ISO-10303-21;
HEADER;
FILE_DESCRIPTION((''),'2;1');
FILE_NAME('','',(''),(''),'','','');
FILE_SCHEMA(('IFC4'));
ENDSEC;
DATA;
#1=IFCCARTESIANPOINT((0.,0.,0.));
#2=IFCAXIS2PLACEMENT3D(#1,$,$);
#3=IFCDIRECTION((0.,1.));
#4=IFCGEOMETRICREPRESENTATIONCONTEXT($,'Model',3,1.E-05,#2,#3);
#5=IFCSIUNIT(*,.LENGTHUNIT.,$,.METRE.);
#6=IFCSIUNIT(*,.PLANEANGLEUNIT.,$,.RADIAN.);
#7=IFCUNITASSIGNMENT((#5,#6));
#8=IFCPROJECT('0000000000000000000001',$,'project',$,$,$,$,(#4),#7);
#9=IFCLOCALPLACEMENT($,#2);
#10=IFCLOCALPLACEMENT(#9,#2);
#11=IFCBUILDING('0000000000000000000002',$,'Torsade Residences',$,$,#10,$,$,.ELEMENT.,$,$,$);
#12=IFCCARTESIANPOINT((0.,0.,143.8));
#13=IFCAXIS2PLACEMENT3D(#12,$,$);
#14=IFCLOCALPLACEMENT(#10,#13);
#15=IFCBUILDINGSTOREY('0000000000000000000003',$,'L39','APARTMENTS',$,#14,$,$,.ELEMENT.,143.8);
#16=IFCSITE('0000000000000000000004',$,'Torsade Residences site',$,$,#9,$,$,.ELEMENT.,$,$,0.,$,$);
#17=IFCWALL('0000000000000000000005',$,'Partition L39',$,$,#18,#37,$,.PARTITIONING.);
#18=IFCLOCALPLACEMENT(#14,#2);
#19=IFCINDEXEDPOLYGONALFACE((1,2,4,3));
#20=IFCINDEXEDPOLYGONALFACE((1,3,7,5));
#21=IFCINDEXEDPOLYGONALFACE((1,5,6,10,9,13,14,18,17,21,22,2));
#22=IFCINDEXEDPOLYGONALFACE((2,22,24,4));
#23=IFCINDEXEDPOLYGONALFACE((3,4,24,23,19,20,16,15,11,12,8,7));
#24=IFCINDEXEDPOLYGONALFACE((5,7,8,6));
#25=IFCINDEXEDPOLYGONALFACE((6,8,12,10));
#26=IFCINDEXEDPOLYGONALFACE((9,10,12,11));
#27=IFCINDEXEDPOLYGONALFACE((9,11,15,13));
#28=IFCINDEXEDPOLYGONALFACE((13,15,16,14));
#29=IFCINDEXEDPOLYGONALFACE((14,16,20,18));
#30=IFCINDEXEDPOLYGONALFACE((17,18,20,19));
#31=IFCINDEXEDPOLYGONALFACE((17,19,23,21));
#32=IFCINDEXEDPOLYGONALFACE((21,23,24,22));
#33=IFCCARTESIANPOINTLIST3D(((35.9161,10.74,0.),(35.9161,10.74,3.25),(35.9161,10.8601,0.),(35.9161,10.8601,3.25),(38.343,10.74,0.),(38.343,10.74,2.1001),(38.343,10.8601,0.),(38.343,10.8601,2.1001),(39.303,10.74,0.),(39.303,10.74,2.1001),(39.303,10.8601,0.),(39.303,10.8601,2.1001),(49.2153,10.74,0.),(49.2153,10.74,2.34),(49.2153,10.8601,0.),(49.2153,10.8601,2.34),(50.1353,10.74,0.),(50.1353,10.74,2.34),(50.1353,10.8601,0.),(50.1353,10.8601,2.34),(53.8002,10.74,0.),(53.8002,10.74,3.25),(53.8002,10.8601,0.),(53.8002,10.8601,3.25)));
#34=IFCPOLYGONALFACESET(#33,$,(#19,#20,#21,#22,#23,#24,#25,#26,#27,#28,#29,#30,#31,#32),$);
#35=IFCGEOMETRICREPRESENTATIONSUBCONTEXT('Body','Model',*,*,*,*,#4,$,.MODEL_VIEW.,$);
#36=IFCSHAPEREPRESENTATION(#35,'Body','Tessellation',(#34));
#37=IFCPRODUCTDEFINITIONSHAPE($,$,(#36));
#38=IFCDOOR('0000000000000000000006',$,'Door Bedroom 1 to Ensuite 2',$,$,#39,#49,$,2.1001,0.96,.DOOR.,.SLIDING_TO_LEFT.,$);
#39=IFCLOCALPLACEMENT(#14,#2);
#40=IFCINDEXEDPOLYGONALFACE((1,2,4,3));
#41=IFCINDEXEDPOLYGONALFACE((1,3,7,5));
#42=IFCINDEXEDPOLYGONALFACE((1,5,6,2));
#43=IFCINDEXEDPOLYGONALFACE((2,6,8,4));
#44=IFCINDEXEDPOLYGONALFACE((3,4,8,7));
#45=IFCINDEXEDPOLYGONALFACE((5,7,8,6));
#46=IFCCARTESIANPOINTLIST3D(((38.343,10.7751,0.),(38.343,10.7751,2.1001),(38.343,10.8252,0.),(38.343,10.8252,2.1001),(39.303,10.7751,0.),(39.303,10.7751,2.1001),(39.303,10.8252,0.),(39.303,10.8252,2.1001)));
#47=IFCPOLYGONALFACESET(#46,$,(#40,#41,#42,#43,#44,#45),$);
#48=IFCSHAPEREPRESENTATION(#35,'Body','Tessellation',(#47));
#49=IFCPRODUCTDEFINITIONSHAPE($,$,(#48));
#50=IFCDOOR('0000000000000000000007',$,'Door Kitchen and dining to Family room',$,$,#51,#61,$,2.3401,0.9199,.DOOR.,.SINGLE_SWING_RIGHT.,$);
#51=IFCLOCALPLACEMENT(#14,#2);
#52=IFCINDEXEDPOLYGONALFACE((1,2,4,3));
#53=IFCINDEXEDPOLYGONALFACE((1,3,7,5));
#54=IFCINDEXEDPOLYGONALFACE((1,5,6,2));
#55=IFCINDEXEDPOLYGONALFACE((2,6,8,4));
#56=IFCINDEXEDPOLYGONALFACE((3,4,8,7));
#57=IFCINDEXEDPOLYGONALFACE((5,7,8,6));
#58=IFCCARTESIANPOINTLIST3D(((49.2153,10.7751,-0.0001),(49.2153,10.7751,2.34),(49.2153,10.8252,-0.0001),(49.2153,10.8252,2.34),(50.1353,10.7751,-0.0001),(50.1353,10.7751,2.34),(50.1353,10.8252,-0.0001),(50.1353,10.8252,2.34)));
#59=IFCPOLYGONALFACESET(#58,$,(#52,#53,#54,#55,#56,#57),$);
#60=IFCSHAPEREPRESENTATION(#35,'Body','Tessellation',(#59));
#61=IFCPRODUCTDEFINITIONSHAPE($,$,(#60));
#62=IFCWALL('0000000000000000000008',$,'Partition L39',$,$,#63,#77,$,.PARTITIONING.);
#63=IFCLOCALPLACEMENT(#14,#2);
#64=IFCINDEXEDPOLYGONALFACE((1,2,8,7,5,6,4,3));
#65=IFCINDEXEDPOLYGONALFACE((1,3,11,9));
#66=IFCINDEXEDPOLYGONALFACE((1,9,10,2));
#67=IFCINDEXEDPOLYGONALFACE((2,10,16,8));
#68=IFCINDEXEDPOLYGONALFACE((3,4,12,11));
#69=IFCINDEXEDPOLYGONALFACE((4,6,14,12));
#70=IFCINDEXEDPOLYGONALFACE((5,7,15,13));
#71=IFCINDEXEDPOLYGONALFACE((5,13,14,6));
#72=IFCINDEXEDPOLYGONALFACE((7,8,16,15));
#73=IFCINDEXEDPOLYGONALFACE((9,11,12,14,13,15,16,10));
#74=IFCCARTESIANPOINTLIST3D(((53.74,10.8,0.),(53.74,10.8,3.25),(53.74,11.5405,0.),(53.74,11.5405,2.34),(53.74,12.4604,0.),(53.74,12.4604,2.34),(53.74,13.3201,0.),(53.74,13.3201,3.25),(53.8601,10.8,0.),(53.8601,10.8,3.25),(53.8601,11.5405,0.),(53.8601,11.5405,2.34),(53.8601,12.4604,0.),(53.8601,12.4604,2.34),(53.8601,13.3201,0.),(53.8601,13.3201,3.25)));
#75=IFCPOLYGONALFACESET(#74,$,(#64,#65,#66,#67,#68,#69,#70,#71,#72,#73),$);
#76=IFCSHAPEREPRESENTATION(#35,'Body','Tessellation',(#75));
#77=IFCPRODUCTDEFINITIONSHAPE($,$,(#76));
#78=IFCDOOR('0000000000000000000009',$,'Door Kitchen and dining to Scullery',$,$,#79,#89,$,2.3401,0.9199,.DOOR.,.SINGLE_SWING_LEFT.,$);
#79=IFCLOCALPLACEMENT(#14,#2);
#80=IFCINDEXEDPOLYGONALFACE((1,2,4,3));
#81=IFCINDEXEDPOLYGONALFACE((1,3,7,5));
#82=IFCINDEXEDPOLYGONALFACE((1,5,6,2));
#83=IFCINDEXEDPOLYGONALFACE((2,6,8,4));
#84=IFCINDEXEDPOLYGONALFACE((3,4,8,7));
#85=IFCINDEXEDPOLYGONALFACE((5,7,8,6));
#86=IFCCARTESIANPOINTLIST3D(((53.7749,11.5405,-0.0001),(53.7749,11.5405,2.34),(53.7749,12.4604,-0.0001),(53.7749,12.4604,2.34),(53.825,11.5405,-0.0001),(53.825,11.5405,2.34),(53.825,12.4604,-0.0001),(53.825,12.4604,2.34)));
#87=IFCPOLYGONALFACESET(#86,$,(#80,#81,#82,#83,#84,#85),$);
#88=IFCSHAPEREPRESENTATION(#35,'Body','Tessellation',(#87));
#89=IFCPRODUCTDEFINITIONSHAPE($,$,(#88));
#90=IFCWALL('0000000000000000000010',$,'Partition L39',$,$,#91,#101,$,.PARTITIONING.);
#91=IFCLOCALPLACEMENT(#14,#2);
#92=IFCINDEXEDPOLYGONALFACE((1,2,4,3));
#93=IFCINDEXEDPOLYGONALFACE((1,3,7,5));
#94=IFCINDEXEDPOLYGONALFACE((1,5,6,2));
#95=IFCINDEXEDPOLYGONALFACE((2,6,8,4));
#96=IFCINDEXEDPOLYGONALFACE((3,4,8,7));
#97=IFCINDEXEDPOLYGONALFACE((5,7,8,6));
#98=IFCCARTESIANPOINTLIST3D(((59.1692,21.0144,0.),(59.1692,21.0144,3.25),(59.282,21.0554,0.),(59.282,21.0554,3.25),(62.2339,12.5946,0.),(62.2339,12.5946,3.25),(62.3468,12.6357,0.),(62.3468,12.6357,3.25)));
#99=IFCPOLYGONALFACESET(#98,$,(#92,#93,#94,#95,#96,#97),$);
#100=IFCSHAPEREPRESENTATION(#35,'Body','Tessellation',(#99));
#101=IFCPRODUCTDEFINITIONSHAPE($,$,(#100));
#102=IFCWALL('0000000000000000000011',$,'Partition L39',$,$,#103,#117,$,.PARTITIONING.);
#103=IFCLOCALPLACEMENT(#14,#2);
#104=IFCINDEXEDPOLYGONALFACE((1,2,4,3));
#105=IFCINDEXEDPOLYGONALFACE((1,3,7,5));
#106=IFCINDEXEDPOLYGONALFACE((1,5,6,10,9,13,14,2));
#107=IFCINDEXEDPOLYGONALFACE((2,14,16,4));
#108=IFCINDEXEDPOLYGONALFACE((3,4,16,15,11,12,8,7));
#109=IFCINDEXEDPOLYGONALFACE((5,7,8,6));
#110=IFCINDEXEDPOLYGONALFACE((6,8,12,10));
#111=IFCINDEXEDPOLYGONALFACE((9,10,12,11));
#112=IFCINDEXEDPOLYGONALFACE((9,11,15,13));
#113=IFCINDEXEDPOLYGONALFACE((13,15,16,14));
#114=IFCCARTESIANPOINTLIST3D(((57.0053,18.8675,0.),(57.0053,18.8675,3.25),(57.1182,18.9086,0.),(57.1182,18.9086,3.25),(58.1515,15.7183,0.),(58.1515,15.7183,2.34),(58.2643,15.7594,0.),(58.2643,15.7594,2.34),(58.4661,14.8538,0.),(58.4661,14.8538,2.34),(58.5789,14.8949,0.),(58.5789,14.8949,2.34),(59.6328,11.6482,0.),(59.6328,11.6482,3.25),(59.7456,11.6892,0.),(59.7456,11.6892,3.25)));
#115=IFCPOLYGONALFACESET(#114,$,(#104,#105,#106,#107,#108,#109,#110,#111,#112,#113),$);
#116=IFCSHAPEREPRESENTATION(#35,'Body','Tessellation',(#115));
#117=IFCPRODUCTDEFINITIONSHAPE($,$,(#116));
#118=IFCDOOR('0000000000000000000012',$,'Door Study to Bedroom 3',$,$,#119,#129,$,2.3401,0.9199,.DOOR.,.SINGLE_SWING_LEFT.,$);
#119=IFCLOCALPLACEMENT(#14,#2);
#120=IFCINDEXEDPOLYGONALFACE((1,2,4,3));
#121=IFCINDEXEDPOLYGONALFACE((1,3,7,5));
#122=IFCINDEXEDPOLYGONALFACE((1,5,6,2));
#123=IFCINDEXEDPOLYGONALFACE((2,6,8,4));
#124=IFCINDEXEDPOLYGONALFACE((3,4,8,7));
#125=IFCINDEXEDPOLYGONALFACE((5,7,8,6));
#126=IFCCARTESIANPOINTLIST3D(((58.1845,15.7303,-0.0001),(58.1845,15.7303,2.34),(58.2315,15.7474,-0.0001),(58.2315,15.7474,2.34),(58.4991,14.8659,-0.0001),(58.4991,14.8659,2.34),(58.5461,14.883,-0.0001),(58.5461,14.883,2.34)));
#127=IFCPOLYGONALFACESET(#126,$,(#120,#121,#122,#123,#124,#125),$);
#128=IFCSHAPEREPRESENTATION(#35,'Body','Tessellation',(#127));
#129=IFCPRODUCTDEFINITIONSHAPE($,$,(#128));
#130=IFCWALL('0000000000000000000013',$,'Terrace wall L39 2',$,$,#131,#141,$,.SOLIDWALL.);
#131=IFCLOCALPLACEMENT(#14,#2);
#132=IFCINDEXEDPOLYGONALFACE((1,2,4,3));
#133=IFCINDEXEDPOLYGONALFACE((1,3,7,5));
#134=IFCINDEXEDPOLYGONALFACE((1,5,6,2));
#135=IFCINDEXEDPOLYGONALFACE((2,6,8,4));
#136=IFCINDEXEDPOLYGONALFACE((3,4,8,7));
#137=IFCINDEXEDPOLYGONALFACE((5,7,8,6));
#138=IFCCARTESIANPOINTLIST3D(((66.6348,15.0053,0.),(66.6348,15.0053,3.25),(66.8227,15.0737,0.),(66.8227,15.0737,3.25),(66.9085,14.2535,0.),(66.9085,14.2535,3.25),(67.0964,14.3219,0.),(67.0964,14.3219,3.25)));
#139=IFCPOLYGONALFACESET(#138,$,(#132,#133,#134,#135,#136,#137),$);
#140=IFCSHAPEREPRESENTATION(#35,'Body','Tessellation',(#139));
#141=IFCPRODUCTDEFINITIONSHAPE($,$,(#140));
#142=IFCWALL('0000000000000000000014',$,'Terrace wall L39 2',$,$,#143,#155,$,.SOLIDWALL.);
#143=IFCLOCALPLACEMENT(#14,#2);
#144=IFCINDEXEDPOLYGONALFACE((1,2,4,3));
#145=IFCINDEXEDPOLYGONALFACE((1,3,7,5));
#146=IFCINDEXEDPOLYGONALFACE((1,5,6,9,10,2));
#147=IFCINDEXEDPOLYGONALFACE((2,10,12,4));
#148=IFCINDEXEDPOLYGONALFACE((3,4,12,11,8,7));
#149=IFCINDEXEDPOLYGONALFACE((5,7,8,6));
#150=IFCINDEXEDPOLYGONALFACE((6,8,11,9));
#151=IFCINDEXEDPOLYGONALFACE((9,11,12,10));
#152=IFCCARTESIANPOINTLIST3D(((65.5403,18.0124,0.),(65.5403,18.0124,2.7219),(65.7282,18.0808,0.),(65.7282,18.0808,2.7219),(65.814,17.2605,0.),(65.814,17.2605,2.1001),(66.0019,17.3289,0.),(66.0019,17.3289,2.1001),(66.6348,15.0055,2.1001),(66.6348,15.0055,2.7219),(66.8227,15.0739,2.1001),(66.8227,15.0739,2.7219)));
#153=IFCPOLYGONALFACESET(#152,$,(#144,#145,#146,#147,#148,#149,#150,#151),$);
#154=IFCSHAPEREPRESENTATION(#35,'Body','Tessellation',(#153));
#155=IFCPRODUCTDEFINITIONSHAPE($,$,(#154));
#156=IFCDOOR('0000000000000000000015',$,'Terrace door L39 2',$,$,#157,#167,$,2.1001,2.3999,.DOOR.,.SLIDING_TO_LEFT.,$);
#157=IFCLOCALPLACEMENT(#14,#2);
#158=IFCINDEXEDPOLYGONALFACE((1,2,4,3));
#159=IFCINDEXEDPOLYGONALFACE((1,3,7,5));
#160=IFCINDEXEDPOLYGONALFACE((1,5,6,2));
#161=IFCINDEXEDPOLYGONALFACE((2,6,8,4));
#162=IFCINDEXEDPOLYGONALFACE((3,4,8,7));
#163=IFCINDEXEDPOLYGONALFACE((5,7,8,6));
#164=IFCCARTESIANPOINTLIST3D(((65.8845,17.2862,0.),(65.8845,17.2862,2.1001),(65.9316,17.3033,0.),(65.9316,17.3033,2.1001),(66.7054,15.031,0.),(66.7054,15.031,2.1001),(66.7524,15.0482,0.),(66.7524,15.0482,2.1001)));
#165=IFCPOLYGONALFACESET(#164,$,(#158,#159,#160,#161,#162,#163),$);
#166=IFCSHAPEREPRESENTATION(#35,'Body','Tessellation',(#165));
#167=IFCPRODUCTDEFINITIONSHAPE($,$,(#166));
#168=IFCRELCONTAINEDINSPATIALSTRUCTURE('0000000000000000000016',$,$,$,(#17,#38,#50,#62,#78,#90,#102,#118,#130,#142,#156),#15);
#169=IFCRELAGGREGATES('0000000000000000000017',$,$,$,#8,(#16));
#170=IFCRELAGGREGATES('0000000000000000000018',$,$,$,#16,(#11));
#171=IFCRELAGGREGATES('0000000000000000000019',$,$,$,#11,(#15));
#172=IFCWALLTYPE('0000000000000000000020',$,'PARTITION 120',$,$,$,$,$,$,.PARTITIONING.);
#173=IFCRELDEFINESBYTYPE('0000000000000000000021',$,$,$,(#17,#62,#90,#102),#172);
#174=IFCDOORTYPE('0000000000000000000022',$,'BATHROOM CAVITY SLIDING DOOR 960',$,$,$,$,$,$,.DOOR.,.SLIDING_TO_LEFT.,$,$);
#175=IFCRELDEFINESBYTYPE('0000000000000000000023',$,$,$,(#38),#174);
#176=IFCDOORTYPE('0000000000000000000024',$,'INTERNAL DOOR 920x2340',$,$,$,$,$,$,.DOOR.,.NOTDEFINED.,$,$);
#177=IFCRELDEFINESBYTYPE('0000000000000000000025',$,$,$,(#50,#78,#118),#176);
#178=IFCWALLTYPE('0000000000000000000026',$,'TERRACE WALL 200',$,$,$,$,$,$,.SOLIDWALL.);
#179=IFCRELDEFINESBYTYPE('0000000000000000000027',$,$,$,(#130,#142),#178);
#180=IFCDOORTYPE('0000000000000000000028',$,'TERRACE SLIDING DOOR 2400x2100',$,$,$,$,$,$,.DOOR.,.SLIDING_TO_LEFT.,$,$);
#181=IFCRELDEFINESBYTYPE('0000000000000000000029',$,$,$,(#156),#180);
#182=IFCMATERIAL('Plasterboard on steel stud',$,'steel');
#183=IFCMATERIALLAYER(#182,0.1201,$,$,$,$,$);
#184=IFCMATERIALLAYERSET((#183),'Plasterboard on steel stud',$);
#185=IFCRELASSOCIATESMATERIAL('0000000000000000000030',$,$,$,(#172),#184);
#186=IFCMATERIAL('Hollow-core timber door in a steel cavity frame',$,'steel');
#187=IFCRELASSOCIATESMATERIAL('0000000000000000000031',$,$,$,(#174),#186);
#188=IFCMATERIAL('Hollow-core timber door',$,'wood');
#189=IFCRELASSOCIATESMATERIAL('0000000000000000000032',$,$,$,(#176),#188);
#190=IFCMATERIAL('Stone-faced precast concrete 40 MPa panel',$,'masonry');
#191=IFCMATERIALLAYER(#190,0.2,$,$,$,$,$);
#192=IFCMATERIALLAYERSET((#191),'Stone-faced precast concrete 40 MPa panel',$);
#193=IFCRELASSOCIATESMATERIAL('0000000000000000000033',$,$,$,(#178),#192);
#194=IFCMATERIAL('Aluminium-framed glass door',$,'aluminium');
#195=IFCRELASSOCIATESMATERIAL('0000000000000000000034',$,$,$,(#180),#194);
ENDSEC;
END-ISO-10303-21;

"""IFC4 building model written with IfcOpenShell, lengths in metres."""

from ifc_helpers import new_model, si_unit, direction, frame, frame_2d, origin, place, context, subcontext, project, spatial, rectangle, extrude, material, layer, layer_set, type_object, element, fill, save


model = new_model("IFC4")

# Units and contexts
model_context = context("Model", 3, precision=1e-05, world=origin(), true_north=direction((0.0, 1.0)))
body_context = subcontext(model_context, "Body", "Model", "MODEL_VIEW")
ifc_project = project(units=[si_unit("LENGTHUNIT", "METRE"), si_unit("PLANEANGLEUNIT", "RADIAN")], contexts=[model_context])

# Site, building, storey
site_placement = place(None, origin())
site = spatial("IfcSite", under=ifc_project, at=site_placement, Name="Torsade Residences site", CompositionType="ELEMENT", RefElevation=0.0)
building_placement = place(site_placement, origin())
building = spatial("IfcBuilding", under=site, at=building_placement, Name="Torsade Residences", CompositionType="ELEMENT")
storey_placement = place(building_placement, frame((0.0, 0.0, 143.8)))
storey = spatial("IfcBuildingStorey", under=building, at=storey_placement, Name="L39", Description="APARTMENTS", CompositionType="ELEMENT", Elevation=143.8)

# Wall, openings, doors
ifc_material_1 = material(Name="Plasterboard on steel stud", Category="steel")
ifc_layer_1 = layer(ifc_material_1, 0.1201)
ifc_layer_set_1 = layer_set([ifc_layer_1], Name="Plasterboard on steel stud")
wall_type_1 = type_object("IfcWallType", Name="PARTITION 120", PredefinedType="PARTITIONING", material=ifc_layer_set_1)
wall_1_placement = place(storey_placement, frame((53.8, 10.8, 0.0), z_axis=(0.0, 0.0, 1.0), x_axis=(-1.0, 0.0, 0.0)))
wall_1 = element("IfcWall", 1, at=wall_1_placement, inside=storey, type_object=wall_type_1, Name="Partition L39", PredefinedType="PARTITIONING", context=body_context, shape_type="SweptSolid", body=[
    extrude(rectangle(XDim=17.884, YDim=0.1201, at=frame_2d((8.9419, 0.0))), origin(), (0.0, 0.0, 1.0), 3.25),
])
opening_1_placement = place(wall_1_placement, frame((3.6648, 0.0, 0.0)))
opening_1 = element("IfcOpeningElement", 2, at=opening_1_placement, cuts=wall_1, PredefinedType="OPENING", context=body_context, shape_type="SweptSolid", body=[
    extrude(rectangle(XDim=0.9199, YDim=2.3401, at=frame_2d((0.46, 1.1699))), frame((0.0, 0.0701, 0.0), z_axis=(0.0, -1.0, 0.0), x_axis=(1.0, 0.0, 0.0)), (0.0, 0.0, 1.0), 0.1401),
])
opening_2_placement = place(wall_1_placement, frame((14.4971, 0.0, 0.0)))
opening_2 = element("IfcOpeningElement", 3, at=opening_2_placement, cuts=wall_1, PredefinedType="OPENING", context=body_context, shape_type="SweptSolid", body=[
    extrude(rectangle(XDim=0.96, YDim=2.1001, at=frame_2d((0.48, 1.05))), frame((0.0, 0.0701, 0.0), z_axis=(0.0, -1.0, 0.0), x_axis=(1.0, 0.0, 0.0)), (0.0, 0.0, 1.0), 0.1401),
])
ifc_material_2 = material(Name="Hollow-core timber door in a steel cavity frame", Category="steel")
door_type_1 = type_object("IfcDoorType", Name="BATHROOM CAVITY SLIDING DOOR 960", OperationType="SLIDING_TO_LEFT", PredefinedType="DOOR", material=ifc_material_2)
door_1_placement = place(opening_2_placement, origin())
door_1 = element("IfcDoor", 4, at=door_1_placement, inside=storey, type_object=door_type_1, Name="Door Bedroom 1 to Ensuite 2", OperationType="SLIDING_TO_LEFT", OverallHeight=2.1001, OverallWidth=0.96, PredefinedType="DOOR", context=body_context, shape_type="SweptSolid", body=[
    extrude(rectangle(XDim=0.96, YDim=2.1001, at=frame_2d((0.48, 1.05))), frame((0.0, 0.0249, 0.0), z_axis=(0.0, -1.0, 0.0), x_axis=(1.0, 0.0, 0.0)), (0.0, 0.0, 1.0), 0.05),
])
fill(opening_2, door_1)
ifc_material_3 = material(Name="Hollow-core timber door", Category="wood")
door_type_2 = type_object("IfcDoorType", Name="INTERNAL DOOR 920x2340", OperationType="NOTDEFINED", PredefinedType="DOOR", material=ifc_material_3)
door_2_placement = place(opening_1_placement, origin())
door_2 = element("IfcDoor", 5, at=door_2_placement, inside=storey, type_object=door_type_2, Name="Door Kitchen and dining to Family room", OperationType="SINGLE_SWING_RIGHT", OverallHeight=2.3401, OverallWidth=0.9199, PredefinedType="DOOR", context=body_context, shape_type="SweptSolid", body=[
    extrude(rectangle(XDim=0.9199, YDim=2.3401, at=frame_2d((0.46, 1.1699))), frame((0.0, 0.0249, 0.0), z_axis=(0.0, -1.0, 0.0), x_axis=(1.0, 0.0, 0.0)), (0.0, 0.0, 1.0), 0.05),
])
fill(opening_1, door_2)

# Wall, opening, door
wall_2_placement = place(storey_placement, frame((53.8, 13.3201, 0.0), z_axis=(0.0, 0.0, 1.0), x_axis=(0.0, -1.0, 0.0)))
wall_2 = element("IfcWall", 6, at=wall_2_placement, inside=storey, type_object=wall_type_1, Name="Partition L39", PredefinedType="PARTITIONING", context=body_context, shape_type="SweptSolid", body=[
    extrude(rectangle(XDim=2.52, YDim=0.1201, at=frame_2d((1.26, 0.0))), origin(), (0.0, 0.0, 1.0), 3.25),
])
opening_3_placement = place(wall_2_placement, frame((0.8596, 0.0, 0.0)))
opening_3 = element("IfcOpeningElement", 7, at=opening_3_placement, cuts=wall_2, PredefinedType="OPENING", context=body_context, shape_type="SweptSolid", body=[
    extrude(rectangle(XDim=0.9199, YDim=2.3401, at=frame_2d((0.46, 1.1699))), frame((0.0, 0.0701, 0.0), z_axis=(0.0, -1.0, 0.0), x_axis=(1.0, 0.0, 0.0)), (0.0, 0.0, 1.0), 0.1401),
])
door_3_placement = place(opening_3_placement, origin())
door_3 = element("IfcDoor", 8, at=door_3_placement, inside=storey, type_object=door_type_2, Name="Door Kitchen and dining to Scullery", OperationType="SINGLE_SWING_LEFT", OverallHeight=2.3401, OverallWidth=0.9199, PredefinedType="DOOR", context=body_context, shape_type="SweptSolid", body=[
    extrude(rectangle(XDim=0.9199, YDim=2.3401, at=frame_2d((0.46, 1.1699))), frame((0.0, 0.0249, 0.0), z_axis=(0.0, -1.0, 0.0), x_axis=(1.0, 0.0, 0.0)), (0.0, 0.0, 1.0), 0.05),
])
fill(opening_3, door_3)

# Wall
wall_3_placement = place(storey_placement, frame((62.2903, 12.6152, 0.0), z_axis=(0.0, 0.0, 1.0), x_axis=(-0.342038, 0.939686, 0.0)))
element("IfcWall", 9, at=wall_3_placement, inside=storey, type_object=wall_type_1, Name="Partition L39", PredefinedType="PARTITIONING", context=body_context, shape_type="SweptSolid", body=[
    extrude(rectangle(XDim=8.9602, YDim=0.1201, at=frame_2d((4.48, 0.0))), origin(), (0.0, 0.0, 1.0), 3.25),
])

# Wall, opening, door
wall_4_placement = place(storey_placement, frame((59.6892, 11.6687, 0.0), z_axis=(0.0, 0.0, 1.0), x_axis=(-0.342003, 0.939699, 0.0)))
wall_4 = element("IfcWall", 10, at=wall_4_placement, inside=storey, type_object=wall_type_1, Name="Partition L39", PredefinedType="PARTITIONING", context=body_context, shape_type="SweptSolid", body=[
    extrude(rectangle(XDim=7.6826, YDim=0.1201, at=frame_2d((3.8413, 0.0))), origin(), (0.0, 0.0, 1.0), 3.25),
])
opening_4_placement = place(wall_4_placement, frame((3.4114, 0.0, 0.0)))
opening_4 = element("IfcOpeningElement", 11, at=opening_4_placement, cuts=wall_4, PredefinedType="OPENING", context=body_context, shape_type="SweptSolid", body=[
    extrude(rectangle(XDim=0.9199, YDim=2.3401, at=frame_2d((0.46, 1.1699))), frame((0.0, 0.0701, 0.0), z_axis=(0.0, -1.0, 0.0), x_axis=(1.0, 0.0, 0.0)), (0.0, 0.0, 1.0), 0.1401),
])
door_4_placement = place(opening_4_placement, origin())
door_4 = element("IfcDoor", 12, at=door_4_placement, inside=storey, type_object=door_type_2, Name="Door Study to Bedroom 3", OperationType="SINGLE_SWING_LEFT", OverallHeight=2.3401, OverallWidth=0.9199, PredefinedType="DOOR", context=body_context, shape_type="SweptSolid", body=[
    extrude(rectangle(XDim=0.9199, YDim=2.3401, at=frame_2d((0.46, 1.1699))), frame((0.0, 0.0249, 0.0), z_axis=(0.0, -1.0, 0.0), x_axis=(1.0, 0.0, 0.0)), (0.0, 0.0, 1.0), 0.05),
])
fill(opening_4, door_4)

# Wall
ifc_material_4 = material(Name="Stone-faced precast concrete 40 MPa panel", Category="masonry")
ifc_layer_2 = layer(ifc_material_4, 0.2)
ifc_layer_set_2 = layer_set([ifc_layer_2], Name="Stone-faced precast concrete 40 MPa panel")
wall_type_2 = type_object("IfcWallType", Name="TERRACE WALL 200", PredefinedType="SOLIDWALL", material=ifc_layer_set_2)
wall_5_placement = place(storey_placement, frame((67.0024, 14.2878, 0.0), z_axis=(0.0, 0.0, 1.0), x_axis=(-0.342111, 0.93966, 0.0)))
element("IfcWall", 13, at=wall_5_placement, inside=storey, type_object=wall_type_2, Name="Terrace wall L39 2", PredefinedType="SOLIDWALL", context=body_context, shape_type="SweptSolid", body=[
    extrude(rectangle(XDim=0.8, YDim=0.2, at=frame_2d((0.3999, 0.0))), origin(), (0.0, 0.0, 1.0), 3.25),
])

# Wall, opening, door
wall_6_placement = place(storey_placement, frame((66.7288, 15.0396, 0.0), z_axis=(0.0, 0.0, 1.0), x_axis=(-0.342019, 0.939693, 0.0)))
wall_6 = element("IfcWall", 14, at=wall_6_placement, inside=storey, type_object=wall_type_2, Name="Terrace wall L39 2", PredefinedType="SOLIDWALL", context=body_context, shape_type="SweptSolid", body=[
    extrude(rectangle(XDim=3.2, YDim=0.2, at=frame_2d((1.6001, 0.0))), origin(), (0.0, 0.0, 1.0), 2.7219),
])
opening_5_placement = place(wall_6_placement, origin())
opening_5 = element("IfcOpeningElement", 15, at=opening_5_placement, cuts=wall_6, PredefinedType="OPENING", context=body_context, shape_type="SweptSolid", body=[
    extrude(rectangle(XDim=2.3999, YDim=2.1001, at=frame_2d((1.2, 1.05))), frame((0.0, 0.1099, 0.0), z_axis=(0.0, -1.0, 0.0), x_axis=(1.0, 0.0, 0.0)), (0.0, 0.0, 1.0), 0.22),
])
ifc_material_5 = material(Name="Aluminium-framed glass door", Category="aluminium")
door_type_3 = type_object("IfcDoorType", Name="TERRACE SLIDING DOOR 2400x2100", OperationType="SLIDING_TO_LEFT", PredefinedType="DOOR", material=ifc_material_5)
door_5_placement = place(opening_5_placement, origin())
door_5 = element("IfcDoor", 16, at=door_5_placement, inside=storey, type_object=door_type_3, Name="Terrace door L39 2", OperationType="SLIDING_TO_LEFT", OverallHeight=2.1001, OverallWidth=2.3999, PredefinedType="DOOR", context=body_context, shape_type="SweptSolid", body=[
    extrude(rectangle(XDim=2.3999, YDim=2.1001, at=frame_2d((1.2, 1.05))), frame((0.0, 0.0249, 0.0), z_axis=(0.0, -1.0, 0.0), x_axis=(1.0, 0.0, 0.0)), (0.0, 0.0, 1.0), 0.05),
])
fill(opening_5, door_5)

save(model, "model.ifc")
